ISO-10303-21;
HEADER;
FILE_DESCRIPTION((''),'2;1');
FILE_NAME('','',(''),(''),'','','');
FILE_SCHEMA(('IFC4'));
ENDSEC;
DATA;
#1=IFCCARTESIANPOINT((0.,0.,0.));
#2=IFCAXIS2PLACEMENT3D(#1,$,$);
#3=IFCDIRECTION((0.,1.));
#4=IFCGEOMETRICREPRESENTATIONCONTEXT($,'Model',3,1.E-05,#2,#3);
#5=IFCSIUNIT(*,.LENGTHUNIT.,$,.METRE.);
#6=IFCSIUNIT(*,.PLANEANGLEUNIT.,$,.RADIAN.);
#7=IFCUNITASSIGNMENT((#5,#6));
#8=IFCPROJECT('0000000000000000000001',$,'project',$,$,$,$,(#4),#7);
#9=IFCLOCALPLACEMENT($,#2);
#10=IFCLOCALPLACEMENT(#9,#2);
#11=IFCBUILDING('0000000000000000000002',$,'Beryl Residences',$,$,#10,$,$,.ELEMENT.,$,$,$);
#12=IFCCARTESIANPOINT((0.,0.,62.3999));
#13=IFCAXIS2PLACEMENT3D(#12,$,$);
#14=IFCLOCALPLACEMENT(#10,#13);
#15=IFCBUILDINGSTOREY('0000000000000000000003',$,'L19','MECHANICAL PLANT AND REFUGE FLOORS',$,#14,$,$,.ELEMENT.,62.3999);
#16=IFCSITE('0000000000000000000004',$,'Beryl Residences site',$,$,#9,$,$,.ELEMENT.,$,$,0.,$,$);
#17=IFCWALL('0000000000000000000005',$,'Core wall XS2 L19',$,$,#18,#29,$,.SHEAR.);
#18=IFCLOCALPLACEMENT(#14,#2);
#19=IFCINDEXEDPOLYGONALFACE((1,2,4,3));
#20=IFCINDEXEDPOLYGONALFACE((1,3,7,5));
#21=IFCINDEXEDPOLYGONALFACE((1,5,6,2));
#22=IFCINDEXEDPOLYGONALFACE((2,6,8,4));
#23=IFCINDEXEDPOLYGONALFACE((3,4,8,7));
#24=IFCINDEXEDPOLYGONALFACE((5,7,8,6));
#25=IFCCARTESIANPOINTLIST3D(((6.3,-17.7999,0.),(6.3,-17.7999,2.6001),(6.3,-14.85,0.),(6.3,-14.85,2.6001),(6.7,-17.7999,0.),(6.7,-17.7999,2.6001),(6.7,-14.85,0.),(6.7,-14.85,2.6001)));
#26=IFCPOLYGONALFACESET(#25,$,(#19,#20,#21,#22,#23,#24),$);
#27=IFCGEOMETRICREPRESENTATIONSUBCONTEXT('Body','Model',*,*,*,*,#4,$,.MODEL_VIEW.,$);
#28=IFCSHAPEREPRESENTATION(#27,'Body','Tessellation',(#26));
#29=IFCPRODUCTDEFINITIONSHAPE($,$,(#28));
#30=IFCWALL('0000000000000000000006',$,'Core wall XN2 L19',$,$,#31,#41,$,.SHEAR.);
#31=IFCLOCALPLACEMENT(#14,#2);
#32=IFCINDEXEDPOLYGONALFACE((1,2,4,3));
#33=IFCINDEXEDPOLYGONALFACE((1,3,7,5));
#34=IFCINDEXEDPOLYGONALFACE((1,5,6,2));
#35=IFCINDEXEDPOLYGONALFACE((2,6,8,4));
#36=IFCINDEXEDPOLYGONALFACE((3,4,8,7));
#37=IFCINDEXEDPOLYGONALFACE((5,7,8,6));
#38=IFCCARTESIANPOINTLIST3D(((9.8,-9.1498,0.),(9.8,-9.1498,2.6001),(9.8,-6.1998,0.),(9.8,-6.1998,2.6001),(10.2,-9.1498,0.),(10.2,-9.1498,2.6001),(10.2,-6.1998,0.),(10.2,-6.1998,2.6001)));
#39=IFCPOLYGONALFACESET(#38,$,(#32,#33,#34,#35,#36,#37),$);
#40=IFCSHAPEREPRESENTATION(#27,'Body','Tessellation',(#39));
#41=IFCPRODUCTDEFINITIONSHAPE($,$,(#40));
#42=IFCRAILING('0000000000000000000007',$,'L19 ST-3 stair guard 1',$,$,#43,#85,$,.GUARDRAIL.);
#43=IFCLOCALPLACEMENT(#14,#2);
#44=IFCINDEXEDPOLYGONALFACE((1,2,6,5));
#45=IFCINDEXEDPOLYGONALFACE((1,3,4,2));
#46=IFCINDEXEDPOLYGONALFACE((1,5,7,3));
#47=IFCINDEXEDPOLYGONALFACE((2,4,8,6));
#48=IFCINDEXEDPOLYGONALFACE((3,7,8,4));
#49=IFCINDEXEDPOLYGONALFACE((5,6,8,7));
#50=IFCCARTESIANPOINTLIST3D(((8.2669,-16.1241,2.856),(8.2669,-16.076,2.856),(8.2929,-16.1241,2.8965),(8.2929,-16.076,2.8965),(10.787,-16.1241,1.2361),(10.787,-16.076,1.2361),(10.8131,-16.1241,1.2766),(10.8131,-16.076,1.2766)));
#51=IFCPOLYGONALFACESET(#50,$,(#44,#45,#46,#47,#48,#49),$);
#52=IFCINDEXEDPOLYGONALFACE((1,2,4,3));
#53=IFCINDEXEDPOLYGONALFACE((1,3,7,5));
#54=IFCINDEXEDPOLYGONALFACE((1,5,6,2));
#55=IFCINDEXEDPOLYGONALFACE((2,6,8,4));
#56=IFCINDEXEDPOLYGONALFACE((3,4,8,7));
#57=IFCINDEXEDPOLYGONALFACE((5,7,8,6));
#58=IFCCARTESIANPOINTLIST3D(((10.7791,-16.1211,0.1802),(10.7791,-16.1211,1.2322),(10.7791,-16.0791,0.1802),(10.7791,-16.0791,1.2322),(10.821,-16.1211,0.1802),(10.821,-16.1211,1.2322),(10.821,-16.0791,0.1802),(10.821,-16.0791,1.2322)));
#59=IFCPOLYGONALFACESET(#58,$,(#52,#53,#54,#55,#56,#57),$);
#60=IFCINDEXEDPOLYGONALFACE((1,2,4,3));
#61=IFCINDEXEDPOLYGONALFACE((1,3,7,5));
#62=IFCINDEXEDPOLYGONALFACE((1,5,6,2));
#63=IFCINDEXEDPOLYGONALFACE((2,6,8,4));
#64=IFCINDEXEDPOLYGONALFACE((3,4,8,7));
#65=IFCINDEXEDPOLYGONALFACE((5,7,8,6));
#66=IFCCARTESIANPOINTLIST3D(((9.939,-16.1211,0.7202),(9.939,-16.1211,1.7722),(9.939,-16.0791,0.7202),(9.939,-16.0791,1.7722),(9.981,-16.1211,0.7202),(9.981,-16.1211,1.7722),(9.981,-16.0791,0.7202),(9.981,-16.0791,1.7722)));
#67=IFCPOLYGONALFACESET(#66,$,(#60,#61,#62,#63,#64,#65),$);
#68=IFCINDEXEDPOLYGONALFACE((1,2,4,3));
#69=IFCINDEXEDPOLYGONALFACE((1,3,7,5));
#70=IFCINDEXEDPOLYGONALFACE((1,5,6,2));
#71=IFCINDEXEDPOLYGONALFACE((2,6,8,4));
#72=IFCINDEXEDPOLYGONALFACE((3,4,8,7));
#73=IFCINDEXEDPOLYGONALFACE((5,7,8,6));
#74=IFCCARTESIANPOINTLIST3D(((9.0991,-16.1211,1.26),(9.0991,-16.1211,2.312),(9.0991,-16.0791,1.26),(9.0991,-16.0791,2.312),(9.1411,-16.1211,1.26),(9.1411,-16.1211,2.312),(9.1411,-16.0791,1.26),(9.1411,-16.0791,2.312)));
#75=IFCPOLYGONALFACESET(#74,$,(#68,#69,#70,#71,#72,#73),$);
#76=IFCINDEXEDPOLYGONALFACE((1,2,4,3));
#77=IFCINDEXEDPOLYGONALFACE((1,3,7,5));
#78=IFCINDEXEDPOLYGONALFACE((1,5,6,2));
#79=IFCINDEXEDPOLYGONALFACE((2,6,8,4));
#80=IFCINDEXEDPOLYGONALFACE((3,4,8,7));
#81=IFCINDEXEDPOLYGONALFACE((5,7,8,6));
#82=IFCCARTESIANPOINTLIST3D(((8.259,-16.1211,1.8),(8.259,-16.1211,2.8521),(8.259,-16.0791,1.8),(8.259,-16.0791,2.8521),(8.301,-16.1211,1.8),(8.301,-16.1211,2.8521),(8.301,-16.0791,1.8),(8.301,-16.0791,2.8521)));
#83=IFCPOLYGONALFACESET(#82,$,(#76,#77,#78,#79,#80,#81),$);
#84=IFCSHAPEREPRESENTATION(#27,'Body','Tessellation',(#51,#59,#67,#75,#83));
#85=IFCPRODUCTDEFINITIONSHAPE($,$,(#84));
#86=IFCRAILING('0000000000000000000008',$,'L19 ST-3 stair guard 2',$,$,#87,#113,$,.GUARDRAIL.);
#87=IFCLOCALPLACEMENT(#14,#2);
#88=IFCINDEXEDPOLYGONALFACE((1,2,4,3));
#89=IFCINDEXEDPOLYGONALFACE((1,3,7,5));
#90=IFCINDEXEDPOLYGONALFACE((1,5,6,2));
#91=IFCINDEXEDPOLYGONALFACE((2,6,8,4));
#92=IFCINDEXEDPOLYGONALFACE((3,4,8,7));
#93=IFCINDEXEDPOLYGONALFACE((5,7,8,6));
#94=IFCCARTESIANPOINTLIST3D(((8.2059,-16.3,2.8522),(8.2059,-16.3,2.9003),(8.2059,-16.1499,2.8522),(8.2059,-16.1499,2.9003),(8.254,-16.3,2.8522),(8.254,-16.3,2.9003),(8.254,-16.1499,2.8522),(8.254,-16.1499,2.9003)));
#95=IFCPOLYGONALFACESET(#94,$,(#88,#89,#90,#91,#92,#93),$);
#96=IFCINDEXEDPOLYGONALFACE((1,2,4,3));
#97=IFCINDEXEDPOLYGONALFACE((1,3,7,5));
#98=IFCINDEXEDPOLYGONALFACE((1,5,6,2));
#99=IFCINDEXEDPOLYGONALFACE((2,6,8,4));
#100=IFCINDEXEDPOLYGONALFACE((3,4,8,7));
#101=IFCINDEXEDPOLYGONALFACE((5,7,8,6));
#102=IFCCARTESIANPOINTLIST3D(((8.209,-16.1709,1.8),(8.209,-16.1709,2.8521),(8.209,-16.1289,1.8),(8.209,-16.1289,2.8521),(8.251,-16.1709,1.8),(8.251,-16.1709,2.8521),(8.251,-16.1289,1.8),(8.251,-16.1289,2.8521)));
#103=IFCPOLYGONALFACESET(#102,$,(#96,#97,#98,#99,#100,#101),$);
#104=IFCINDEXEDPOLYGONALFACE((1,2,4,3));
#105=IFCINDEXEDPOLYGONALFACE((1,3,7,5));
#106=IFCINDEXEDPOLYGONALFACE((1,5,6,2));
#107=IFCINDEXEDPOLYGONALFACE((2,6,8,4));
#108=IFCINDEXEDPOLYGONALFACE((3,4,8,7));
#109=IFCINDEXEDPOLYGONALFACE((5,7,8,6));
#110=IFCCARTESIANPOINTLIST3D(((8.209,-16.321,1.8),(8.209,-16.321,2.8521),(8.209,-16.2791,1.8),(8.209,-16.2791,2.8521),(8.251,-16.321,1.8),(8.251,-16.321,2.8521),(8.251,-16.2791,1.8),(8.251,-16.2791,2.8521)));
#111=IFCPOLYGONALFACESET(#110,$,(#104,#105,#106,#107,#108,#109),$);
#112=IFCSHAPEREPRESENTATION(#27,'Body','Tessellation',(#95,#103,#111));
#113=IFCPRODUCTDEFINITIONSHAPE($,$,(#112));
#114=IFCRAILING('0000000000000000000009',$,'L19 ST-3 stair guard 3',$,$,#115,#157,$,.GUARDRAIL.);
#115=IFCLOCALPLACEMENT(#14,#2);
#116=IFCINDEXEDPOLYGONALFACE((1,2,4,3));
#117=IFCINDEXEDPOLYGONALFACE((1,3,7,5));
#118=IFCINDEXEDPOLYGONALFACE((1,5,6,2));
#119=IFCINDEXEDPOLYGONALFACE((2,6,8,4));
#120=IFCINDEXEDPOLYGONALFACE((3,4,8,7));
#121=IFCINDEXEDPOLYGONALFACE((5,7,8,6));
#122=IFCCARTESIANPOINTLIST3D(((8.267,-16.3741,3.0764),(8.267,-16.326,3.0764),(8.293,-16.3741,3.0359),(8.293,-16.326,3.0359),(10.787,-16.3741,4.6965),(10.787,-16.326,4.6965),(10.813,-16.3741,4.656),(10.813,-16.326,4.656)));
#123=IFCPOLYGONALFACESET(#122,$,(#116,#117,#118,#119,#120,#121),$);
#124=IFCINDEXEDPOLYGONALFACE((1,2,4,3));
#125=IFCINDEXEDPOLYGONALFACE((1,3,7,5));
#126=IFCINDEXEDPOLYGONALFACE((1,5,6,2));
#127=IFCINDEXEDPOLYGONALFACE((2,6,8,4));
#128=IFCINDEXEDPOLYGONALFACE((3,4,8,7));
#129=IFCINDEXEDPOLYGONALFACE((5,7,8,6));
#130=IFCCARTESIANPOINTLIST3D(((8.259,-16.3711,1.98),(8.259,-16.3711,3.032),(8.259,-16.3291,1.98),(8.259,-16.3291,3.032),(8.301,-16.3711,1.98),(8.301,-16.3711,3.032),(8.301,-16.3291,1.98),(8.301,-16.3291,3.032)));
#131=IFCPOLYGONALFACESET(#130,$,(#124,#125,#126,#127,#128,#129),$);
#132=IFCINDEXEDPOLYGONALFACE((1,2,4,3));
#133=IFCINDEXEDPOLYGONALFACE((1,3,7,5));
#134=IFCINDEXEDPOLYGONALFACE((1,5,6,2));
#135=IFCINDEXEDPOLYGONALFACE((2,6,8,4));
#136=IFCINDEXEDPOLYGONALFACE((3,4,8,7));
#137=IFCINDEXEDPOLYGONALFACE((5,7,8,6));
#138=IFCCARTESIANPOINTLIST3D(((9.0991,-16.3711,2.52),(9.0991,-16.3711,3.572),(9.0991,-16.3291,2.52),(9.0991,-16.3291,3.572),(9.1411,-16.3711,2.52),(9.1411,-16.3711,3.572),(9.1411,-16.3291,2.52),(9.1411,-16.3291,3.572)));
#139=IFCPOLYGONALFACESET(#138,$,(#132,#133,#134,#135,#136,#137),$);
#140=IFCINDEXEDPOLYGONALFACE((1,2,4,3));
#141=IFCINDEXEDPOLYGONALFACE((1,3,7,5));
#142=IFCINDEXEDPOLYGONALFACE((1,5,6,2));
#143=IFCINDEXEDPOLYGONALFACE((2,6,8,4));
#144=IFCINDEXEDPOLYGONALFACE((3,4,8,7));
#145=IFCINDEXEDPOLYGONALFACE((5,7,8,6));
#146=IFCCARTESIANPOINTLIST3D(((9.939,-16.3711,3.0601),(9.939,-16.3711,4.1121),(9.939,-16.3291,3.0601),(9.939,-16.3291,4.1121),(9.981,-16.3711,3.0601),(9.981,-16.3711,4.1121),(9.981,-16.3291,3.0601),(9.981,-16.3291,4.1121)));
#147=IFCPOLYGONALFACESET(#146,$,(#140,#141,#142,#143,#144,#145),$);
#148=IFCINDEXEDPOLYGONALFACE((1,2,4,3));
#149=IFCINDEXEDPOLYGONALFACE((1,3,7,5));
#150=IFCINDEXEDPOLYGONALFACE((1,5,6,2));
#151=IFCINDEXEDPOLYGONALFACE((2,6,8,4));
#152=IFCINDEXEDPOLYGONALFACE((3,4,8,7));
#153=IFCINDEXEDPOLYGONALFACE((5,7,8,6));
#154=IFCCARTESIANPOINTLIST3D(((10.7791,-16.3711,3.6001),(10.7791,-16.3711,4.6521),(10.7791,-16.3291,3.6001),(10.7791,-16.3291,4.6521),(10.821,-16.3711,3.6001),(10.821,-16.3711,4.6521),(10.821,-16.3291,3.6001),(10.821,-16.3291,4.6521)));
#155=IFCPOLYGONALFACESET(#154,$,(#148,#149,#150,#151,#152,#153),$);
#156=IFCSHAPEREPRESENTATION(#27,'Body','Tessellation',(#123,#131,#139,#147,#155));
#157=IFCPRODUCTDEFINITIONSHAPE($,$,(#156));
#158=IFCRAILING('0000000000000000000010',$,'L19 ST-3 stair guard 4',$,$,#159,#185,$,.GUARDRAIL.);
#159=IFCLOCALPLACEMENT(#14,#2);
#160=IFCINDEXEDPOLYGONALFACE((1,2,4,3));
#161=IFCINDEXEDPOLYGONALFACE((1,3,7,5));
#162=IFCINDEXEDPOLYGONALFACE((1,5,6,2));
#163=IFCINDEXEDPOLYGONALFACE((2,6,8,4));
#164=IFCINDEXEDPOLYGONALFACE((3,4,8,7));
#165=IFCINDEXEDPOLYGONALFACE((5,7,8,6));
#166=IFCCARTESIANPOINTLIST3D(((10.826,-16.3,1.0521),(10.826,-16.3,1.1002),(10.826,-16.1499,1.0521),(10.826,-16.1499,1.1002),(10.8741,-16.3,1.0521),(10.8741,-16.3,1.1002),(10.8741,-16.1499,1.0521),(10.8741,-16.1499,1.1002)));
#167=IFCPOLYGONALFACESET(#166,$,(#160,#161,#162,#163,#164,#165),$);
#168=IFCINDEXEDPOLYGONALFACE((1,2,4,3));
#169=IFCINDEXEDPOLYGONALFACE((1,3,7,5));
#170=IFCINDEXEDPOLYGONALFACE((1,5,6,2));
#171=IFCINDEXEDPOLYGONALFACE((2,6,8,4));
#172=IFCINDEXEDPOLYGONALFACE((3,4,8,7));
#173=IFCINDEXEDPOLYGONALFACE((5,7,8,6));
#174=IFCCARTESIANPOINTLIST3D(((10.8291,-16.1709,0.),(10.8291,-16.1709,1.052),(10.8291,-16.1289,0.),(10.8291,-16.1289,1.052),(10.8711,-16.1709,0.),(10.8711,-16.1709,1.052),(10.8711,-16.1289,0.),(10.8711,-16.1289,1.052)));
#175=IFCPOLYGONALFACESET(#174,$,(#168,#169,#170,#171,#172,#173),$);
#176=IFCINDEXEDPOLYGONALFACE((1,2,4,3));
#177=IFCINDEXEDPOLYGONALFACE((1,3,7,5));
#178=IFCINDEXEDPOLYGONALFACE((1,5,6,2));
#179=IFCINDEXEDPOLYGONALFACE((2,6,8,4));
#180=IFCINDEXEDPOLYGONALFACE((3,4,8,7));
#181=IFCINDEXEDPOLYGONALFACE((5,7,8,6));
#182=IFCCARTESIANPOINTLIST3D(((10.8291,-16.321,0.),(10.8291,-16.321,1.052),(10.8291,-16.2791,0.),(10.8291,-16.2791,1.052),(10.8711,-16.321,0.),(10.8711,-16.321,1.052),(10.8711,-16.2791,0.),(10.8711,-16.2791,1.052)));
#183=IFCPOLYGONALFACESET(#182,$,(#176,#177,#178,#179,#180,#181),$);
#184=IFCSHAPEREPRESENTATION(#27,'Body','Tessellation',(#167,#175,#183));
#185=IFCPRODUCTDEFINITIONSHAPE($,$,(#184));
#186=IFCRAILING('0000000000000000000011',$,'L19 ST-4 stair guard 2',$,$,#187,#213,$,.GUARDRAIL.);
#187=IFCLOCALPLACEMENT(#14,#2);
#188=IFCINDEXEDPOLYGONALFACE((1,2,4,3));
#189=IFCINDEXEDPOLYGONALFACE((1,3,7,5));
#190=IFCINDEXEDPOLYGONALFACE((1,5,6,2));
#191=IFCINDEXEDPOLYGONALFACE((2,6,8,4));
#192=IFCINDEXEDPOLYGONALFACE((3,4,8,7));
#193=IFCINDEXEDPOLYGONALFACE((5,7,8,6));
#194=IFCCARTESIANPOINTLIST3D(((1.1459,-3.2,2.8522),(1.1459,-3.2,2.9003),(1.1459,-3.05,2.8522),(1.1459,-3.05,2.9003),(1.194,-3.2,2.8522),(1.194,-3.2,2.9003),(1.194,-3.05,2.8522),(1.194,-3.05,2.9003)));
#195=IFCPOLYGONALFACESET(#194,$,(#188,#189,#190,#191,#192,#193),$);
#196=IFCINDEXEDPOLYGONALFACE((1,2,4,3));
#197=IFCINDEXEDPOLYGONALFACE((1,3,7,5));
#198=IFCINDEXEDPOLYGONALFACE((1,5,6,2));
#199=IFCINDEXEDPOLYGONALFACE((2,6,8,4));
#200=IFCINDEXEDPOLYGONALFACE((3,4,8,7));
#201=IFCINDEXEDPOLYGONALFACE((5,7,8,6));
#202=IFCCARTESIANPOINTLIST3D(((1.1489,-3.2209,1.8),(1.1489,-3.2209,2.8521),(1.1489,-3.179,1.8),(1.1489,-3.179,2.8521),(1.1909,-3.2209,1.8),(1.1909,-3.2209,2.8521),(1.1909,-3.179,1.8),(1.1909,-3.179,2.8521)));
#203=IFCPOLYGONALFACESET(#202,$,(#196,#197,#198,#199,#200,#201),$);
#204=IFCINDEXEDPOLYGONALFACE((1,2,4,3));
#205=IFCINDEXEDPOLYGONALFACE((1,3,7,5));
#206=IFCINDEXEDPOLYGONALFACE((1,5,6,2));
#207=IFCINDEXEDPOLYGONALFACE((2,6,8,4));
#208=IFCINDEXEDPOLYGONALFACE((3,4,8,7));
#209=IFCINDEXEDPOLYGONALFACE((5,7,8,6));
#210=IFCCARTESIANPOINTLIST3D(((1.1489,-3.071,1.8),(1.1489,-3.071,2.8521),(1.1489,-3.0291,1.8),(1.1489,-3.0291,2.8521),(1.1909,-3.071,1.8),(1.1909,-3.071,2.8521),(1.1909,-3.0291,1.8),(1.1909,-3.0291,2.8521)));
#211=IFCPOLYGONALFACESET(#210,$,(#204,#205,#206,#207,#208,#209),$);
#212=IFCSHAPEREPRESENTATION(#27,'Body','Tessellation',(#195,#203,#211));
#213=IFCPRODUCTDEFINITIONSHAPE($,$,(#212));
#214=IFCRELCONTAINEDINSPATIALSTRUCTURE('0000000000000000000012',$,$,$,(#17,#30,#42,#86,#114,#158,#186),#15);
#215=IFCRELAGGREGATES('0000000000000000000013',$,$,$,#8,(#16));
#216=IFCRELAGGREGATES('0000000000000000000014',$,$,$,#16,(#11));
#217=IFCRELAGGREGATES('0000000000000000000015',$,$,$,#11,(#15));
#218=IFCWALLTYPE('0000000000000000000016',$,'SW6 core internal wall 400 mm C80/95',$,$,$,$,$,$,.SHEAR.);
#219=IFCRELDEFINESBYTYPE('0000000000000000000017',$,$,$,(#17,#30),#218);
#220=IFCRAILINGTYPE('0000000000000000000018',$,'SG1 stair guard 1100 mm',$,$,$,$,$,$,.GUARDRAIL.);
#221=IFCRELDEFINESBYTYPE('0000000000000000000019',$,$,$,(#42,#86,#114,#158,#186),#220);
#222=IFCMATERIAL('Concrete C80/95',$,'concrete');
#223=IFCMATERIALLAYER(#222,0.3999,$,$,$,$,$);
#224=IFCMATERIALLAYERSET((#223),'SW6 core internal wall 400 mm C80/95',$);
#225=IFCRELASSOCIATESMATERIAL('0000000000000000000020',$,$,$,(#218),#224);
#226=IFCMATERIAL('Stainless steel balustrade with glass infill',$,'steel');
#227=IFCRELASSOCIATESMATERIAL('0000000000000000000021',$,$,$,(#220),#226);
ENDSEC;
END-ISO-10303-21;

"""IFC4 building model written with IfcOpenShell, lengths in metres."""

from ifc_helpers import new_model, si_unit, direction, frame, frame_2d, origin, origin_2d, place, context, subcontext, project, spatial, rectangle, extrude, material, layer, layer_set, type_object, element, save


model = new_model("IFC4")

# Units and contexts
model_context = context("Model", 3, precision=1e-05, world=origin(), true_north=direction((0.0, 1.0)))
body_context = subcontext(model_context, "Body", "Model", "MODEL_VIEW")
ifc_project = project(units=[si_unit("LENGTHUNIT", "METRE"), si_unit("PLANEANGLEUNIT", "RADIAN")], contexts=[model_context])

# Site, building, storey
site_placement = place(None, origin())
site = spatial("IfcSite", under=ifc_project, at=site_placement, Name="Beryl Residences site", CompositionType="ELEMENT", RefElevation=0.0)
building_placement = place(site_placement, origin())
building = spatial("IfcBuilding", under=site, at=building_placement, Name="Beryl Residences", CompositionType="ELEMENT")
storey_placement = place(building_placement, frame((0.0, 0.0, 62.3999)))
storey = spatial("IfcBuildingStorey", under=building, at=storey_placement, Name="L19", Description="MECHANICAL PLANT AND REFUGE FLOORS", CompositionType="ELEMENT", Elevation=62.3999)

# Walls
ifc_material_1 = material(Name="Concrete C80/95", Category="concrete")
ifc_layer_1 = layer(ifc_material_1, 0.3999)
ifc_layer_set_1 = layer_set([ifc_layer_1], Name="SW6 core internal wall 400 mm C80/95")
wall_type_1 = type_object("IfcWallType", Name="SW6 core internal wall 400 mm C80/95", PredefinedType="SHEAR", material=ifc_layer_set_1)
for number, where, z_axis, x_axis, name in (
    (1, (6.5, -17.8, 0.0), (0.0, 0.0, 1.0), (0.0, 1.0, 0.0), "Core wall XS2 L19"),
    (2, (10.0, -9.1499, 0.0), (0.0, 0.0, 1.0), (0.0, 1.0, 0.0), "Core wall XN2 L19"),
):
    element("IfcWall", number, at=place(storey_placement, frame(where, z_axis=z_axis, x_axis=x_axis)), inside=storey, type_object=wall_type_1, Name=name, PredefinedType="SHEAR", context=body_context, shape_type="SweptSolid", body=[
        extrude(rectangle(XDim=2.95, YDim=0.3999, at=frame_2d((1.4751, 0.0))), origin(), (0.0, 0.0, 1.0), 2.6001),
    ])

# Railings
ifc_material_2 = material(Name="Stainless steel balustrade with glass infill", Category="steel")
railing_type_1 = type_object("IfcRailingType", Name="SG1 stair guard 1100 mm", PredefinedType="GUARDRAIL", material=ifc_material_2)
railing_1_placement = place(storey_placement, frame((10.8, -16.1001, 0.1802)))
element("IfcRailing", 3, at=railing_1_placement, inside=storey, type_object=railing_type_1, Name="L19 ST-3 stair guard 1", PredefinedType="GUARDRAIL", context=body_context, shape_type="SweptSolid", body=[
    extrude(rectangle(XDim=0.0481, YDim=0.0481, at=origin_2d()), frame((0.0, 0.0, 1.0762), z_axis=(-0.8412, 0.0, 0.540725), x_axis=(0.0, -1.0, 0.0)), (0.0, 0.0, 1.0), 2.9958),
    extrude(rectangle(XDim=0.042, YDim=0.042, at=origin_2d()), origin(), (0.0, 0.0, 1.0), 1.052),
    extrude(rectangle(XDim=0.042, YDim=0.042, at=origin_2d()), frame((-0.8401, 0.0, 0.54)), (0.0, 0.0, 1.0), 1.052),
    extrude(rectangle(XDim=0.042, YDim=0.042, at=origin_2d()), frame((-1.6799, 0.0, 1.0798)), (0.0, 0.0, 1.0), 1.052),
    extrude(rectangle(XDim=0.042, YDim=0.042, at=origin_2d()), frame((-2.52, 0.0, 1.6199)), (0.0, 0.0, 1.0), 1.052),
])
railing_2_placement = place(storey_placement, frame((8.23, -16.1499, 1.8)))
element("IfcRailing", 4, at=railing_2_placement, inside=storey, type_object=railing_type_1, Name="L19 ST-3 stair guard 2", PredefinedType="GUARDRAIL", context=body_context, shape_type="SweptSolid", body=[
    extrude(rectangle(XDim=0.0481, YDim=0.0481, at=origin_2d()), frame((0.0, 0.0, 1.0762), z_axis=(0.0, -1.0, 0.0), x_axis=(1.0, 0.0, 0.0)), (0.0, 0.0, 1.0), 0.1501),
    extrude(rectangle(XDim=0.042, YDim=0.042, at=origin_2d()), origin(), (0.0, 0.0, 1.0), 1.052),
    extrude(rectangle(XDim=0.042, YDim=0.042, at=origin_2d()), frame((0.0, -0.1501, 0.0)), (0.0, 0.0, 1.0), 1.052),
])
railing_3_placement = place(storey_placement, frame((8.28, -16.3501, 1.98)))
element("IfcRailing", 5, at=railing_3_placement, inside=storey, type_object=railing_type_1, Name="L19 ST-3 stair guard 3", PredefinedType="GUARDRAIL", context=body_context, shape_type="SweptSolid", body=[
    extrude(rectangle(XDim=0.0481, YDim=0.0481, at=origin_2d()), frame((0.0, 0.0, 1.0762), z_axis=(0.841163, 0.0, 0.540782), x_axis=(0.0, 1.0, 0.0)), (0.0, 0.0, 1.0), 2.9958),
    extrude(rectangle(XDim=0.042, YDim=0.042, at=origin_2d()), origin(), (0.0, 0.0, 1.0), 1.052),
    extrude(rectangle(XDim=0.042, YDim=0.042, at=origin_2d()), frame((0.8401, 0.0, 0.54)), (0.0, 0.0, 1.0), 1.052),
    extrude(rectangle(XDim=0.042, YDim=0.042, at=origin_2d()), frame((1.6799, 0.0, 1.0801)), (0.0, 0.0, 1.0), 1.052),
    extrude(rectangle(XDim=0.042, YDim=0.042, at=origin_2d()), frame((2.52, 0.0, 1.6201)), (0.0, 0.0, 1.0), 1.052),
])
railing_4_placement = place(storey_placement, frame((10.8501, -16.1499, 0.0)))
element("IfcRailing", 6, at=railing_4_placement, inside=storey, type_object=railing_type_1, Name="L19 ST-3 stair guard 4", PredefinedType="GUARDRAIL", context=body_context, shape_type="SweptSolid", body=[
    extrude(rectangle(XDim=0.0481, YDim=0.0481, at=origin_2d()), frame((0.0, 0.0, 1.0762), z_axis=(0.0, -1.0, 0.0), x_axis=(1.0, 0.0, 0.0)), (0.0, 0.0, 1.0), 0.1501),
    extrude(rectangle(XDim=0.042, YDim=0.042, at=origin_2d()), origin(), (0.0, 0.0, 1.0), 1.052),
    extrude(rectangle(XDim=0.042, YDim=0.042, at=origin_2d()), frame((0.0, -0.1501, 0.0)), (0.0, 0.0, 1.0), 1.052),
])
railing_5_placement = place(storey_placement, frame((1.1699, -3.2, 1.8)))
element("IfcRailing", 7, at=railing_5_placement, inside=storey, type_object=railing_type_1, Name="L19 ST-4 stair guard 2", PredefinedType="GUARDRAIL", context=body_context, shape_type="SweptSolid", body=[
    extrude(rectangle(XDim=0.0481, YDim=0.0481, at=origin_2d()), frame((0.0, 0.0, 1.0762), z_axis=(0.0, 1.0, 0.0), x_axis=(-1.0, 0.0, 0.0)), (0.0, 0.0, 1.0), 0.1499),
    extrude(rectangle(XDim=0.042, YDim=0.042, at=origin_2d()), origin(), (0.0, 0.0, 1.0), 1.052),
    extrude(rectangle(XDim=0.042, YDim=0.042, at=origin_2d()), frame((0.0, 0.1499, 0.0)), (0.0, 0.0, 1.0), 1.052),
])

save(model, "model.ifc")
